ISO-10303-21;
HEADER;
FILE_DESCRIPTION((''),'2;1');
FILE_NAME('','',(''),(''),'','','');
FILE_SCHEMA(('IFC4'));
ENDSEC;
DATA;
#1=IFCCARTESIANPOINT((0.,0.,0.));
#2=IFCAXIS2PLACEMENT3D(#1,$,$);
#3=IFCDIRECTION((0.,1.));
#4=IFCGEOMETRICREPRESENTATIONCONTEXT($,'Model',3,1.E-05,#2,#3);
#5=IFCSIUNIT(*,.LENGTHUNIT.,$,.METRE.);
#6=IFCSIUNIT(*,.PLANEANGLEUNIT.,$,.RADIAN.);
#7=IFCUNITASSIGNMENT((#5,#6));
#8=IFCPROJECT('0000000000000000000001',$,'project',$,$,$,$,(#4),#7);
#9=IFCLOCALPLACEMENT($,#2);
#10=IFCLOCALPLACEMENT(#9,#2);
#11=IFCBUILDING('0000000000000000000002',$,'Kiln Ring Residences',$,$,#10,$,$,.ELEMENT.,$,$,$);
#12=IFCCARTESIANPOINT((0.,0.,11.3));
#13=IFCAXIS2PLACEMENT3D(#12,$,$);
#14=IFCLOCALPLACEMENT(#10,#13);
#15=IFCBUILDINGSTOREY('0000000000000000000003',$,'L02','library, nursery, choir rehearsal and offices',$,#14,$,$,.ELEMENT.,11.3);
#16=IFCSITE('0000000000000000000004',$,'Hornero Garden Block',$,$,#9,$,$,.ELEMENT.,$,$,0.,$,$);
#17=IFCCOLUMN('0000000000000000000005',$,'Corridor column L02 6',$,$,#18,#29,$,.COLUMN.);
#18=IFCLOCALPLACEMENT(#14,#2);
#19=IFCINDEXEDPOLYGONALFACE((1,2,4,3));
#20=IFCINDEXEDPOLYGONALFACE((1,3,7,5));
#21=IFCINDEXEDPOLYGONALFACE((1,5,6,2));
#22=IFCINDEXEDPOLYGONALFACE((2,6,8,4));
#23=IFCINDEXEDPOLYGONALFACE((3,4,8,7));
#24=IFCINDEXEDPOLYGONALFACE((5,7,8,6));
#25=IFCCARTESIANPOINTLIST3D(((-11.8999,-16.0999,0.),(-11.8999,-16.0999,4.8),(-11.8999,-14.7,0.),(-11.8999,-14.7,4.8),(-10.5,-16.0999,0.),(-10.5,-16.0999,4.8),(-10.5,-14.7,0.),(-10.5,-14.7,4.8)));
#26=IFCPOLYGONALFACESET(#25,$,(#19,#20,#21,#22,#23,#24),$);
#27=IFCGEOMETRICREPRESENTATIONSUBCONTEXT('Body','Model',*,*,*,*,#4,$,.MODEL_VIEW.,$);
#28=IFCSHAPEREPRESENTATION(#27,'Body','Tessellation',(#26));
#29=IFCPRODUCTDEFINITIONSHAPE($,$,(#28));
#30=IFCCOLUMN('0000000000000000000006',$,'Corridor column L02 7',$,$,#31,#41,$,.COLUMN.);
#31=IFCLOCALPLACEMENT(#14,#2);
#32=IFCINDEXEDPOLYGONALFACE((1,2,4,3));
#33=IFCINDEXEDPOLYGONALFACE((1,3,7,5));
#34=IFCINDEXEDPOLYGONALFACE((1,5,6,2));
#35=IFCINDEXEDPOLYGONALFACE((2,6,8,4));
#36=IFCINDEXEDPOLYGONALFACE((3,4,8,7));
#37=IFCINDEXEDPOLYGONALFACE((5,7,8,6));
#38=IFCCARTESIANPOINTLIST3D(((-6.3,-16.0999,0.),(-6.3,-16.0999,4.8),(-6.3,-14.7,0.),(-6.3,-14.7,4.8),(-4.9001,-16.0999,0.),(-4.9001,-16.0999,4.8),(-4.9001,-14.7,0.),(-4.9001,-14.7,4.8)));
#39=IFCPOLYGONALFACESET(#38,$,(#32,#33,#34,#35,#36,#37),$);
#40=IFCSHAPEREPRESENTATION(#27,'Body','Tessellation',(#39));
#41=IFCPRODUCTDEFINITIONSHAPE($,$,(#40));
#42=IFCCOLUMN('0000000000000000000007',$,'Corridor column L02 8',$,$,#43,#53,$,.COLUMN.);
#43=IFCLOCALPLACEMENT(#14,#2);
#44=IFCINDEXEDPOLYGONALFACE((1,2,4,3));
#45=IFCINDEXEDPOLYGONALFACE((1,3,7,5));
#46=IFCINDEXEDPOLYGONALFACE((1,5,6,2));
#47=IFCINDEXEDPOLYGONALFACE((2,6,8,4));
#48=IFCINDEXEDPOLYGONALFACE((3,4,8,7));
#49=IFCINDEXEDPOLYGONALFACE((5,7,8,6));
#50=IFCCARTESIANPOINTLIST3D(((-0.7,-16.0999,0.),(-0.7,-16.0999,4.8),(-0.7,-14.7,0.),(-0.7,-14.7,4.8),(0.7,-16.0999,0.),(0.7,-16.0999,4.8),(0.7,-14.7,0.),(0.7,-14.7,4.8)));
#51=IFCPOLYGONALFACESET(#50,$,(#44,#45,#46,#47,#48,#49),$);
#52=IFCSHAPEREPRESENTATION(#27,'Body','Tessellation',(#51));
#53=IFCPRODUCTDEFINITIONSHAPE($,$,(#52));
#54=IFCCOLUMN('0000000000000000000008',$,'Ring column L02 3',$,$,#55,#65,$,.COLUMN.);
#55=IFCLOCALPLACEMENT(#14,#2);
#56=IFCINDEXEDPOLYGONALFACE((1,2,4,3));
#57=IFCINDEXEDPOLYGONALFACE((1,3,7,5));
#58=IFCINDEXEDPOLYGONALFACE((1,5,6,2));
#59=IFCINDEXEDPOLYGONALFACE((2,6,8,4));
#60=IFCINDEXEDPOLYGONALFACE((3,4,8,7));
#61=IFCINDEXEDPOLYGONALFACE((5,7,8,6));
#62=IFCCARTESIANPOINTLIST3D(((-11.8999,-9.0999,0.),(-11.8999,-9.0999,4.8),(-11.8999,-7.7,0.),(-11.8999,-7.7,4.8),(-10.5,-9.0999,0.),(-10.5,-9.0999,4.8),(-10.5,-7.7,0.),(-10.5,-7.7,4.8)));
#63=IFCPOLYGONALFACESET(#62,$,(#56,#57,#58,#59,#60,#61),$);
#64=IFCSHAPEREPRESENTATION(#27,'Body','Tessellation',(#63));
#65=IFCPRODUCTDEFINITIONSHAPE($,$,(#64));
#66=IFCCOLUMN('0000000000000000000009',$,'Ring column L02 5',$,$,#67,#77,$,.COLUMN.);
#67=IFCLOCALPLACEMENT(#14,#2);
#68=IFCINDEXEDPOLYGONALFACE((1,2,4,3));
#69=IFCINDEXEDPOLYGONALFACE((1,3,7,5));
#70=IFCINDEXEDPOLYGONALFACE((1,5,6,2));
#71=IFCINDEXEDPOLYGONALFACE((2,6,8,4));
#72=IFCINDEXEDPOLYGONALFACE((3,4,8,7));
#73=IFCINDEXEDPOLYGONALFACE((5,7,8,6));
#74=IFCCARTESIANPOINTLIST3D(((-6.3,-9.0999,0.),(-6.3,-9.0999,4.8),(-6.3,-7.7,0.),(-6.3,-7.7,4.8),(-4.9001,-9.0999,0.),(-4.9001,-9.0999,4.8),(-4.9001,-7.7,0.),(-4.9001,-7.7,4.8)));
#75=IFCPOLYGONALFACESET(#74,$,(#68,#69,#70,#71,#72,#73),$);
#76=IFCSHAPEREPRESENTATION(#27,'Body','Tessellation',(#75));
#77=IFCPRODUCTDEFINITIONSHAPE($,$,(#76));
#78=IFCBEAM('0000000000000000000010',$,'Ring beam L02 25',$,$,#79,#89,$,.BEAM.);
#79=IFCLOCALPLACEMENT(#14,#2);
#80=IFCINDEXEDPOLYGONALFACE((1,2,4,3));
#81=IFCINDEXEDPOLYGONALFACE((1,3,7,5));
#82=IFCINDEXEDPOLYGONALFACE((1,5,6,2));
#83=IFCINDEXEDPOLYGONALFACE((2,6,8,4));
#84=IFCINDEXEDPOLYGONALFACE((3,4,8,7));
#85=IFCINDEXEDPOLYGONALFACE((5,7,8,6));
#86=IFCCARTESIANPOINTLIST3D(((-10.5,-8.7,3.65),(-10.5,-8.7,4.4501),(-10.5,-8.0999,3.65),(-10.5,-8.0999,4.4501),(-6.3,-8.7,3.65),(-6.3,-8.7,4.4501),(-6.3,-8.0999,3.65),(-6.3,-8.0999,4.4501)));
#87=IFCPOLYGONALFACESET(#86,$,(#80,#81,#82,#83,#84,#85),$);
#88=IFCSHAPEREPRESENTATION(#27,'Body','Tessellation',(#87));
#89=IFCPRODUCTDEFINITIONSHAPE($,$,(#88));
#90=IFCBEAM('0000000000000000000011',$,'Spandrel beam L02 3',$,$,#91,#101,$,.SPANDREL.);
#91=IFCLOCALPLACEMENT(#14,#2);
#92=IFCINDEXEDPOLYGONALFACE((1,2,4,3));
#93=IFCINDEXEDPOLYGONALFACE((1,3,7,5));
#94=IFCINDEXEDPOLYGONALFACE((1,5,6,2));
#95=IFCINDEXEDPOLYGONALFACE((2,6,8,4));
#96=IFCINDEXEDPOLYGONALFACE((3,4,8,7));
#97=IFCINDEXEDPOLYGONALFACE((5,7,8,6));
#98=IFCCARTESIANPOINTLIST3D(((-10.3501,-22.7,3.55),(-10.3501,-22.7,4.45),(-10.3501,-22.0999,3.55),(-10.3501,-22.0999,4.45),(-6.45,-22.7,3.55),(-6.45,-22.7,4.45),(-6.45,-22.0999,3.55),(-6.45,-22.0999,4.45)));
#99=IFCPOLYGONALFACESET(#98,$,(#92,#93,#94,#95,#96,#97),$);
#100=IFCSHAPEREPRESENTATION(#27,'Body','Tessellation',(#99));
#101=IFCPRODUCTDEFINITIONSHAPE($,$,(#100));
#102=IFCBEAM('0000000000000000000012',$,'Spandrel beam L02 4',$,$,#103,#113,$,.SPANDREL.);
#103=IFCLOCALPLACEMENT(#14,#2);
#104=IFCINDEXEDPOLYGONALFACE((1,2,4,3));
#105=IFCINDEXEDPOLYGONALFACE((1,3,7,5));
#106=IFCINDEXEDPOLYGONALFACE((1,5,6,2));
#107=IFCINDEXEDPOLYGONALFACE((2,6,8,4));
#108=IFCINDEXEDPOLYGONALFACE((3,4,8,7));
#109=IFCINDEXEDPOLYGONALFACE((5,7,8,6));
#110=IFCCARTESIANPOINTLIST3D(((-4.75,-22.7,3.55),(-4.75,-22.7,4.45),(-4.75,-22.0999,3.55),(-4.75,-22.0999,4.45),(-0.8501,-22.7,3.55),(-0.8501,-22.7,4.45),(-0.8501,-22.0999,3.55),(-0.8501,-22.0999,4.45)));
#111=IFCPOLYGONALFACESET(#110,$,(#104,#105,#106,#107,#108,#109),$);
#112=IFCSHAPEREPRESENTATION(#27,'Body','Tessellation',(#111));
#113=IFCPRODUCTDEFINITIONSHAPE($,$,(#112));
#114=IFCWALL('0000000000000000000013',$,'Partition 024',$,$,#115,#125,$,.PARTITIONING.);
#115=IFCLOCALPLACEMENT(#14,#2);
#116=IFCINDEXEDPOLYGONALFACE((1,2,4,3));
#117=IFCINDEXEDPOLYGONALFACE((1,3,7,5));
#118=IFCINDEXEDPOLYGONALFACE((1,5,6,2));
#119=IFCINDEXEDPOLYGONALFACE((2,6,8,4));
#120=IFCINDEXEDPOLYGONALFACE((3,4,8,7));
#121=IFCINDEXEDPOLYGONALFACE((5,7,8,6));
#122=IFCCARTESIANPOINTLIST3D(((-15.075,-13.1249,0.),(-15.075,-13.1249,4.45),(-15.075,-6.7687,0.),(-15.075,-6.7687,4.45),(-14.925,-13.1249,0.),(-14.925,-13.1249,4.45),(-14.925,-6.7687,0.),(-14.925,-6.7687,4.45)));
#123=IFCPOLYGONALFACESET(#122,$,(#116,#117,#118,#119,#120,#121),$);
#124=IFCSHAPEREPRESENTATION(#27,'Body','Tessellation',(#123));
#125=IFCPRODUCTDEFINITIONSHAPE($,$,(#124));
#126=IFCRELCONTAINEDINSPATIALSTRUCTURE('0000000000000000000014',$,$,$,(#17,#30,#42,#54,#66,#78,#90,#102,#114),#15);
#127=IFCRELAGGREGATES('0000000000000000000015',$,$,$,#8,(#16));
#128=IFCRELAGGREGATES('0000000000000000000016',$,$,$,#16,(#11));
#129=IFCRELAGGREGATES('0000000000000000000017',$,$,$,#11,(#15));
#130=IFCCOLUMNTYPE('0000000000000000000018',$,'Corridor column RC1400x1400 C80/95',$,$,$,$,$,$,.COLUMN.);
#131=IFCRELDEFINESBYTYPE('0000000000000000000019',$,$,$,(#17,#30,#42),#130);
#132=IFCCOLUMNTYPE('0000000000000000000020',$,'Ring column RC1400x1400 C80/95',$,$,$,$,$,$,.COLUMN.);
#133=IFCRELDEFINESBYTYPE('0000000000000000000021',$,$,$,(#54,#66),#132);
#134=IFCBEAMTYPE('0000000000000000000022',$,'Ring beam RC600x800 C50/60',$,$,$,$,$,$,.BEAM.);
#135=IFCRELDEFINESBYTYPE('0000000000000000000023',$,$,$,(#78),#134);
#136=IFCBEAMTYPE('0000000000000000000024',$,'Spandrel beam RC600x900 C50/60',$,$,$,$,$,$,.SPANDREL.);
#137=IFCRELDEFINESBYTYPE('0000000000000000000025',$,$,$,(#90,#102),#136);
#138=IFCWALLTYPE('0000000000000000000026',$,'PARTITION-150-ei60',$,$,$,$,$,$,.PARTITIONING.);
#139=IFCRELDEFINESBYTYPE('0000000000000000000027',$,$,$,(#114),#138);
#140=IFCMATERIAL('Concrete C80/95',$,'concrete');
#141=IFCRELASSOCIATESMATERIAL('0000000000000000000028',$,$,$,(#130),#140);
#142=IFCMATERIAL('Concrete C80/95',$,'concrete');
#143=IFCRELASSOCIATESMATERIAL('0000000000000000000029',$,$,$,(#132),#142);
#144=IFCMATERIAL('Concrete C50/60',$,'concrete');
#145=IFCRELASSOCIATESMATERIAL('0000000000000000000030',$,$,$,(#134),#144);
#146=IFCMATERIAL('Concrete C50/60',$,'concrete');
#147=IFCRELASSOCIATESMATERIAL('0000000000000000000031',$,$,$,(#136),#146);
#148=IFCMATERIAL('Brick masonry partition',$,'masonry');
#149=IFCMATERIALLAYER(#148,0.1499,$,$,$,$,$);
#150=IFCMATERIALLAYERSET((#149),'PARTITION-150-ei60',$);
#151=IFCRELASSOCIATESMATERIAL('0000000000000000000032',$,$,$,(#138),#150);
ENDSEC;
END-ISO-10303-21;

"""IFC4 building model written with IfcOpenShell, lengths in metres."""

from ifc_helpers import new_model, si_unit, direction, frame, frame_2d, origin, origin_2d, place, context, subcontext, project, spatial, rectangle, extrude, material, layer, layer_set, material_profile, profile_set, type_object, element, save


model = new_model("IFC4")

# Units and contexts
model_context = context("Model", 3, precision=1e-05, world=origin(), true_north=direction((0.0, 1.0)))
body_context = subcontext(model_context, "Body", "Model", "MODEL_VIEW")
ifc_project = project(units=[si_unit("LENGTHUNIT", "METRE"), si_unit("PLANEANGLEUNIT", "RADIAN")], contexts=[model_context])

# Site, building, storey
site_placement = place(None, origin())
site = spatial("IfcSite", under=ifc_project, at=site_placement, Name="Hornero Garden Block", CompositionType="ELEMENT", RefElevation=0.0)
building_placement = place(site_placement, origin())
building = spatial("IfcBuilding", under=site, at=building_placement, Name="Kiln Ring Residences", CompositionType="ELEMENT")
storey_placement = place(building_placement, frame((0.0, 0.0, 11.3)))
storey = spatial("IfcBuildingStorey", under=building, at=storey_placement, Name="L02", Description="library, nursery, choir rehearsal and offices", CompositionType="ELEMENT", Elevation=11.3)

# Columns
ifc_material_1 = material(Name="Concrete C80/95", Category="concrete")
ifc_material_profile_1 = material_profile(ifc_material_1, rectangle(XDim=1.3999, YDim=1.3999, at=origin_2d()), Name="RC1400x1400")
ifc_profile_set_1 = profile_set([ifc_material_profile_1], Name="Concrete C80/95")
column_type_1 = type_object("IfcColumnType", Name="Corridor column RC1400x1400 C80/95", PredefinedType="COLUMN", material=ifc_profile_set_1)
for number, where, z_axis, x_axis, name in (
    (1, (-11.2, -15.3999, 0.0), (0.0, 0.0, 1.0), (1.0, 0.0, 0.0), "Corridor column L02 6"),
    (2, (-5.6001, -15.3999, 0.0), (0.0, 0.0, 1.0), (1.0, 0.0, 0.0), "Corridor column L02 7"),
    (3, (0.0, -15.3999, 0.0), (0.0, 0.0, 1.0), (1.0, 0.0, 0.0), "Corridor column L02 8"),
):
    element("IfcColumn", number, at=place(storey_placement, frame(where, z_axis=z_axis, x_axis=x_axis)), inside=storey, type_object=column_type_1, Name=name, PredefinedType="COLUMN", context=body_context, shape_type="SweptSolid", body=[
        extrude(rectangle(XDim=1.3999, YDim=1.3999, at=origin_2d()), origin(), (0.0, 0.0, 1.0), 4.8),
    ])
ifc_material_2 = material(Name="Concrete C80/95", Category="concrete")
ifc_material_profile_2 = material_profile(ifc_material_2, rectangle(XDim=1.3999, YDim=1.3999, at=origin_2d()), Name="RC1400x1400")
ifc_profile_set_2 = profile_set([ifc_material_profile_2], Name="Concrete C80/95")
column_type_2 = type_object("IfcColumnType", Name="Ring column RC1400x1400 C80/95", PredefinedType="COLUMN", material=ifc_profile_set_2)
for number, where, z_axis, x_axis, name in (
    (4, (-11.2, -8.3999, 0.0), (0.0, 0.0, 1.0), (1.0, 0.0, 0.0), "Ring column L02 3"),
    (5, (-5.6001, -8.3999, 0.0), (0.0, 0.0, 1.0), (1.0, 0.0, 0.0), "Ring column L02 5"),
):
    element("IfcColumn", number, at=place(storey_placement, frame(where, z_axis=z_axis, x_axis=x_axis)), inside=storey, type_object=column_type_2, Name=name, PredefinedType="COLUMN", context=body_context, shape_type="SweptSolid", body=[
        extrude(rectangle(XDim=1.3999, YDim=1.3999, at=origin_2d()), origin(), (0.0, 0.0, 1.0), 4.8),
    ])

# Beams
ifc_material_3 = material(Name="Concrete C50/60", Category="concrete")
ifc_material_profile_3 = material_profile(ifc_material_3, rectangle(XDim=0.6001, YDim=0.8, at=origin_2d()), Name="RC600x800")
ifc_profile_set_3 = profile_set([ifc_material_profile_3], Name="Concrete C50/60")
beam_type_1 = type_object("IfcBeamType", Name="Ring beam RC600x800 C50/60", PredefinedType="BEAM", material=ifc_profile_set_3)
beam_1_placement = place(storey_placement, frame((-10.5, -8.3999, 4.05), z_axis=(1.0, 0.0, 0.0), x_axis=(0.0, 1.0, 0.0)))
element("IfcBeam", 6, at=beam_1_placement, inside=storey, type_object=beam_type_1, Name="Ring beam L02 25", PredefinedType="BEAM", context=body_context, shape_type="SweptSolid", body=[
    extrude(rectangle(XDim=0.6001, YDim=0.8, at=origin_2d()), origin(), (0.0, 0.0, 1.0), 4.2),
])
ifc_material_4 = material(Name="Concrete C50/60", Category="concrete")
ifc_material_profile_4 = material_profile(ifc_material_4, rectangle(XDim=0.6001, YDim=0.8999, at=origin_2d()), Name="RC600x900")
ifc_profile_set_4 = profile_set([ifc_material_profile_4], Name="Concrete C50/60")
beam_type_2 = type_object("IfcBeamType", Name="Spandrel beam RC600x900 C50/60", PredefinedType="SPANDREL", material=ifc_profile_set_4)
beam_2_placement = place(storey_placement, frame((-10.3501, -22.3999, 4.0), z_axis=(1.0, 0.0, 0.0), x_axis=(0.0, 1.0, 0.0)))
element("IfcBeam", 7, at=beam_2_placement, inside=storey, type_object=beam_type_2, Name="Spandrel beam L02 3", PredefinedType="SPANDREL", context=body_context, shape_type="SweptSolid", body=[
    extrude(rectangle(XDim=0.6001, YDim=0.8999, at=origin_2d()), origin(), (0.0, 0.0, 1.0), 3.9001),
])
beam_3_placement = place(storey_placement, frame((-4.75, -22.3999, 4.0), z_axis=(1.0, 0.0, 0.0), x_axis=(0.0, 1.0, 0.0)))
element("IfcBeam", 8, at=beam_3_placement, inside=storey, type_object=beam_type_2, Name="Spandrel beam L02 4", PredefinedType="SPANDREL", context=body_context, shape_type="SweptSolid", body=[
    extrude(rectangle(XDim=0.6001, YDim=0.8999, at=origin_2d()), origin(), (0.0, 0.0, 1.0), 3.8999),
])

# Wall
ifc_material_5 = material(Name="Brick masonry partition", Category="masonry")
ifc_layer = layer(ifc_material_5, 0.1499)
ifc_layer_set = layer_set([ifc_layer], Name="PARTITION-150-ei60")
wall_type = type_object("IfcWallType", Name="PARTITION-150-ei60", PredefinedType="PARTITIONING", material=ifc_layer_set)
wall_placement = place(storey_placement, frame((-15.0, -13.125, 0.0), z_axis=(0.0, 0.0, 1.0), x_axis=(0.0, 1.0, 0.0)))
element("IfcWall", 9, at=wall_placement, inside=storey, type_object=wall_type, Name="Partition 024", PredefinedType="PARTITIONING", context=body_context, shape_type="SweptSolid", body=[
    extrude(rectangle(XDim=6.3562, YDim=0.1499, at=frame_2d((3.1782, 0.0))), origin(), (0.0, 0.0, 1.0), 4.45),
])

save(model, "model.ifc")
